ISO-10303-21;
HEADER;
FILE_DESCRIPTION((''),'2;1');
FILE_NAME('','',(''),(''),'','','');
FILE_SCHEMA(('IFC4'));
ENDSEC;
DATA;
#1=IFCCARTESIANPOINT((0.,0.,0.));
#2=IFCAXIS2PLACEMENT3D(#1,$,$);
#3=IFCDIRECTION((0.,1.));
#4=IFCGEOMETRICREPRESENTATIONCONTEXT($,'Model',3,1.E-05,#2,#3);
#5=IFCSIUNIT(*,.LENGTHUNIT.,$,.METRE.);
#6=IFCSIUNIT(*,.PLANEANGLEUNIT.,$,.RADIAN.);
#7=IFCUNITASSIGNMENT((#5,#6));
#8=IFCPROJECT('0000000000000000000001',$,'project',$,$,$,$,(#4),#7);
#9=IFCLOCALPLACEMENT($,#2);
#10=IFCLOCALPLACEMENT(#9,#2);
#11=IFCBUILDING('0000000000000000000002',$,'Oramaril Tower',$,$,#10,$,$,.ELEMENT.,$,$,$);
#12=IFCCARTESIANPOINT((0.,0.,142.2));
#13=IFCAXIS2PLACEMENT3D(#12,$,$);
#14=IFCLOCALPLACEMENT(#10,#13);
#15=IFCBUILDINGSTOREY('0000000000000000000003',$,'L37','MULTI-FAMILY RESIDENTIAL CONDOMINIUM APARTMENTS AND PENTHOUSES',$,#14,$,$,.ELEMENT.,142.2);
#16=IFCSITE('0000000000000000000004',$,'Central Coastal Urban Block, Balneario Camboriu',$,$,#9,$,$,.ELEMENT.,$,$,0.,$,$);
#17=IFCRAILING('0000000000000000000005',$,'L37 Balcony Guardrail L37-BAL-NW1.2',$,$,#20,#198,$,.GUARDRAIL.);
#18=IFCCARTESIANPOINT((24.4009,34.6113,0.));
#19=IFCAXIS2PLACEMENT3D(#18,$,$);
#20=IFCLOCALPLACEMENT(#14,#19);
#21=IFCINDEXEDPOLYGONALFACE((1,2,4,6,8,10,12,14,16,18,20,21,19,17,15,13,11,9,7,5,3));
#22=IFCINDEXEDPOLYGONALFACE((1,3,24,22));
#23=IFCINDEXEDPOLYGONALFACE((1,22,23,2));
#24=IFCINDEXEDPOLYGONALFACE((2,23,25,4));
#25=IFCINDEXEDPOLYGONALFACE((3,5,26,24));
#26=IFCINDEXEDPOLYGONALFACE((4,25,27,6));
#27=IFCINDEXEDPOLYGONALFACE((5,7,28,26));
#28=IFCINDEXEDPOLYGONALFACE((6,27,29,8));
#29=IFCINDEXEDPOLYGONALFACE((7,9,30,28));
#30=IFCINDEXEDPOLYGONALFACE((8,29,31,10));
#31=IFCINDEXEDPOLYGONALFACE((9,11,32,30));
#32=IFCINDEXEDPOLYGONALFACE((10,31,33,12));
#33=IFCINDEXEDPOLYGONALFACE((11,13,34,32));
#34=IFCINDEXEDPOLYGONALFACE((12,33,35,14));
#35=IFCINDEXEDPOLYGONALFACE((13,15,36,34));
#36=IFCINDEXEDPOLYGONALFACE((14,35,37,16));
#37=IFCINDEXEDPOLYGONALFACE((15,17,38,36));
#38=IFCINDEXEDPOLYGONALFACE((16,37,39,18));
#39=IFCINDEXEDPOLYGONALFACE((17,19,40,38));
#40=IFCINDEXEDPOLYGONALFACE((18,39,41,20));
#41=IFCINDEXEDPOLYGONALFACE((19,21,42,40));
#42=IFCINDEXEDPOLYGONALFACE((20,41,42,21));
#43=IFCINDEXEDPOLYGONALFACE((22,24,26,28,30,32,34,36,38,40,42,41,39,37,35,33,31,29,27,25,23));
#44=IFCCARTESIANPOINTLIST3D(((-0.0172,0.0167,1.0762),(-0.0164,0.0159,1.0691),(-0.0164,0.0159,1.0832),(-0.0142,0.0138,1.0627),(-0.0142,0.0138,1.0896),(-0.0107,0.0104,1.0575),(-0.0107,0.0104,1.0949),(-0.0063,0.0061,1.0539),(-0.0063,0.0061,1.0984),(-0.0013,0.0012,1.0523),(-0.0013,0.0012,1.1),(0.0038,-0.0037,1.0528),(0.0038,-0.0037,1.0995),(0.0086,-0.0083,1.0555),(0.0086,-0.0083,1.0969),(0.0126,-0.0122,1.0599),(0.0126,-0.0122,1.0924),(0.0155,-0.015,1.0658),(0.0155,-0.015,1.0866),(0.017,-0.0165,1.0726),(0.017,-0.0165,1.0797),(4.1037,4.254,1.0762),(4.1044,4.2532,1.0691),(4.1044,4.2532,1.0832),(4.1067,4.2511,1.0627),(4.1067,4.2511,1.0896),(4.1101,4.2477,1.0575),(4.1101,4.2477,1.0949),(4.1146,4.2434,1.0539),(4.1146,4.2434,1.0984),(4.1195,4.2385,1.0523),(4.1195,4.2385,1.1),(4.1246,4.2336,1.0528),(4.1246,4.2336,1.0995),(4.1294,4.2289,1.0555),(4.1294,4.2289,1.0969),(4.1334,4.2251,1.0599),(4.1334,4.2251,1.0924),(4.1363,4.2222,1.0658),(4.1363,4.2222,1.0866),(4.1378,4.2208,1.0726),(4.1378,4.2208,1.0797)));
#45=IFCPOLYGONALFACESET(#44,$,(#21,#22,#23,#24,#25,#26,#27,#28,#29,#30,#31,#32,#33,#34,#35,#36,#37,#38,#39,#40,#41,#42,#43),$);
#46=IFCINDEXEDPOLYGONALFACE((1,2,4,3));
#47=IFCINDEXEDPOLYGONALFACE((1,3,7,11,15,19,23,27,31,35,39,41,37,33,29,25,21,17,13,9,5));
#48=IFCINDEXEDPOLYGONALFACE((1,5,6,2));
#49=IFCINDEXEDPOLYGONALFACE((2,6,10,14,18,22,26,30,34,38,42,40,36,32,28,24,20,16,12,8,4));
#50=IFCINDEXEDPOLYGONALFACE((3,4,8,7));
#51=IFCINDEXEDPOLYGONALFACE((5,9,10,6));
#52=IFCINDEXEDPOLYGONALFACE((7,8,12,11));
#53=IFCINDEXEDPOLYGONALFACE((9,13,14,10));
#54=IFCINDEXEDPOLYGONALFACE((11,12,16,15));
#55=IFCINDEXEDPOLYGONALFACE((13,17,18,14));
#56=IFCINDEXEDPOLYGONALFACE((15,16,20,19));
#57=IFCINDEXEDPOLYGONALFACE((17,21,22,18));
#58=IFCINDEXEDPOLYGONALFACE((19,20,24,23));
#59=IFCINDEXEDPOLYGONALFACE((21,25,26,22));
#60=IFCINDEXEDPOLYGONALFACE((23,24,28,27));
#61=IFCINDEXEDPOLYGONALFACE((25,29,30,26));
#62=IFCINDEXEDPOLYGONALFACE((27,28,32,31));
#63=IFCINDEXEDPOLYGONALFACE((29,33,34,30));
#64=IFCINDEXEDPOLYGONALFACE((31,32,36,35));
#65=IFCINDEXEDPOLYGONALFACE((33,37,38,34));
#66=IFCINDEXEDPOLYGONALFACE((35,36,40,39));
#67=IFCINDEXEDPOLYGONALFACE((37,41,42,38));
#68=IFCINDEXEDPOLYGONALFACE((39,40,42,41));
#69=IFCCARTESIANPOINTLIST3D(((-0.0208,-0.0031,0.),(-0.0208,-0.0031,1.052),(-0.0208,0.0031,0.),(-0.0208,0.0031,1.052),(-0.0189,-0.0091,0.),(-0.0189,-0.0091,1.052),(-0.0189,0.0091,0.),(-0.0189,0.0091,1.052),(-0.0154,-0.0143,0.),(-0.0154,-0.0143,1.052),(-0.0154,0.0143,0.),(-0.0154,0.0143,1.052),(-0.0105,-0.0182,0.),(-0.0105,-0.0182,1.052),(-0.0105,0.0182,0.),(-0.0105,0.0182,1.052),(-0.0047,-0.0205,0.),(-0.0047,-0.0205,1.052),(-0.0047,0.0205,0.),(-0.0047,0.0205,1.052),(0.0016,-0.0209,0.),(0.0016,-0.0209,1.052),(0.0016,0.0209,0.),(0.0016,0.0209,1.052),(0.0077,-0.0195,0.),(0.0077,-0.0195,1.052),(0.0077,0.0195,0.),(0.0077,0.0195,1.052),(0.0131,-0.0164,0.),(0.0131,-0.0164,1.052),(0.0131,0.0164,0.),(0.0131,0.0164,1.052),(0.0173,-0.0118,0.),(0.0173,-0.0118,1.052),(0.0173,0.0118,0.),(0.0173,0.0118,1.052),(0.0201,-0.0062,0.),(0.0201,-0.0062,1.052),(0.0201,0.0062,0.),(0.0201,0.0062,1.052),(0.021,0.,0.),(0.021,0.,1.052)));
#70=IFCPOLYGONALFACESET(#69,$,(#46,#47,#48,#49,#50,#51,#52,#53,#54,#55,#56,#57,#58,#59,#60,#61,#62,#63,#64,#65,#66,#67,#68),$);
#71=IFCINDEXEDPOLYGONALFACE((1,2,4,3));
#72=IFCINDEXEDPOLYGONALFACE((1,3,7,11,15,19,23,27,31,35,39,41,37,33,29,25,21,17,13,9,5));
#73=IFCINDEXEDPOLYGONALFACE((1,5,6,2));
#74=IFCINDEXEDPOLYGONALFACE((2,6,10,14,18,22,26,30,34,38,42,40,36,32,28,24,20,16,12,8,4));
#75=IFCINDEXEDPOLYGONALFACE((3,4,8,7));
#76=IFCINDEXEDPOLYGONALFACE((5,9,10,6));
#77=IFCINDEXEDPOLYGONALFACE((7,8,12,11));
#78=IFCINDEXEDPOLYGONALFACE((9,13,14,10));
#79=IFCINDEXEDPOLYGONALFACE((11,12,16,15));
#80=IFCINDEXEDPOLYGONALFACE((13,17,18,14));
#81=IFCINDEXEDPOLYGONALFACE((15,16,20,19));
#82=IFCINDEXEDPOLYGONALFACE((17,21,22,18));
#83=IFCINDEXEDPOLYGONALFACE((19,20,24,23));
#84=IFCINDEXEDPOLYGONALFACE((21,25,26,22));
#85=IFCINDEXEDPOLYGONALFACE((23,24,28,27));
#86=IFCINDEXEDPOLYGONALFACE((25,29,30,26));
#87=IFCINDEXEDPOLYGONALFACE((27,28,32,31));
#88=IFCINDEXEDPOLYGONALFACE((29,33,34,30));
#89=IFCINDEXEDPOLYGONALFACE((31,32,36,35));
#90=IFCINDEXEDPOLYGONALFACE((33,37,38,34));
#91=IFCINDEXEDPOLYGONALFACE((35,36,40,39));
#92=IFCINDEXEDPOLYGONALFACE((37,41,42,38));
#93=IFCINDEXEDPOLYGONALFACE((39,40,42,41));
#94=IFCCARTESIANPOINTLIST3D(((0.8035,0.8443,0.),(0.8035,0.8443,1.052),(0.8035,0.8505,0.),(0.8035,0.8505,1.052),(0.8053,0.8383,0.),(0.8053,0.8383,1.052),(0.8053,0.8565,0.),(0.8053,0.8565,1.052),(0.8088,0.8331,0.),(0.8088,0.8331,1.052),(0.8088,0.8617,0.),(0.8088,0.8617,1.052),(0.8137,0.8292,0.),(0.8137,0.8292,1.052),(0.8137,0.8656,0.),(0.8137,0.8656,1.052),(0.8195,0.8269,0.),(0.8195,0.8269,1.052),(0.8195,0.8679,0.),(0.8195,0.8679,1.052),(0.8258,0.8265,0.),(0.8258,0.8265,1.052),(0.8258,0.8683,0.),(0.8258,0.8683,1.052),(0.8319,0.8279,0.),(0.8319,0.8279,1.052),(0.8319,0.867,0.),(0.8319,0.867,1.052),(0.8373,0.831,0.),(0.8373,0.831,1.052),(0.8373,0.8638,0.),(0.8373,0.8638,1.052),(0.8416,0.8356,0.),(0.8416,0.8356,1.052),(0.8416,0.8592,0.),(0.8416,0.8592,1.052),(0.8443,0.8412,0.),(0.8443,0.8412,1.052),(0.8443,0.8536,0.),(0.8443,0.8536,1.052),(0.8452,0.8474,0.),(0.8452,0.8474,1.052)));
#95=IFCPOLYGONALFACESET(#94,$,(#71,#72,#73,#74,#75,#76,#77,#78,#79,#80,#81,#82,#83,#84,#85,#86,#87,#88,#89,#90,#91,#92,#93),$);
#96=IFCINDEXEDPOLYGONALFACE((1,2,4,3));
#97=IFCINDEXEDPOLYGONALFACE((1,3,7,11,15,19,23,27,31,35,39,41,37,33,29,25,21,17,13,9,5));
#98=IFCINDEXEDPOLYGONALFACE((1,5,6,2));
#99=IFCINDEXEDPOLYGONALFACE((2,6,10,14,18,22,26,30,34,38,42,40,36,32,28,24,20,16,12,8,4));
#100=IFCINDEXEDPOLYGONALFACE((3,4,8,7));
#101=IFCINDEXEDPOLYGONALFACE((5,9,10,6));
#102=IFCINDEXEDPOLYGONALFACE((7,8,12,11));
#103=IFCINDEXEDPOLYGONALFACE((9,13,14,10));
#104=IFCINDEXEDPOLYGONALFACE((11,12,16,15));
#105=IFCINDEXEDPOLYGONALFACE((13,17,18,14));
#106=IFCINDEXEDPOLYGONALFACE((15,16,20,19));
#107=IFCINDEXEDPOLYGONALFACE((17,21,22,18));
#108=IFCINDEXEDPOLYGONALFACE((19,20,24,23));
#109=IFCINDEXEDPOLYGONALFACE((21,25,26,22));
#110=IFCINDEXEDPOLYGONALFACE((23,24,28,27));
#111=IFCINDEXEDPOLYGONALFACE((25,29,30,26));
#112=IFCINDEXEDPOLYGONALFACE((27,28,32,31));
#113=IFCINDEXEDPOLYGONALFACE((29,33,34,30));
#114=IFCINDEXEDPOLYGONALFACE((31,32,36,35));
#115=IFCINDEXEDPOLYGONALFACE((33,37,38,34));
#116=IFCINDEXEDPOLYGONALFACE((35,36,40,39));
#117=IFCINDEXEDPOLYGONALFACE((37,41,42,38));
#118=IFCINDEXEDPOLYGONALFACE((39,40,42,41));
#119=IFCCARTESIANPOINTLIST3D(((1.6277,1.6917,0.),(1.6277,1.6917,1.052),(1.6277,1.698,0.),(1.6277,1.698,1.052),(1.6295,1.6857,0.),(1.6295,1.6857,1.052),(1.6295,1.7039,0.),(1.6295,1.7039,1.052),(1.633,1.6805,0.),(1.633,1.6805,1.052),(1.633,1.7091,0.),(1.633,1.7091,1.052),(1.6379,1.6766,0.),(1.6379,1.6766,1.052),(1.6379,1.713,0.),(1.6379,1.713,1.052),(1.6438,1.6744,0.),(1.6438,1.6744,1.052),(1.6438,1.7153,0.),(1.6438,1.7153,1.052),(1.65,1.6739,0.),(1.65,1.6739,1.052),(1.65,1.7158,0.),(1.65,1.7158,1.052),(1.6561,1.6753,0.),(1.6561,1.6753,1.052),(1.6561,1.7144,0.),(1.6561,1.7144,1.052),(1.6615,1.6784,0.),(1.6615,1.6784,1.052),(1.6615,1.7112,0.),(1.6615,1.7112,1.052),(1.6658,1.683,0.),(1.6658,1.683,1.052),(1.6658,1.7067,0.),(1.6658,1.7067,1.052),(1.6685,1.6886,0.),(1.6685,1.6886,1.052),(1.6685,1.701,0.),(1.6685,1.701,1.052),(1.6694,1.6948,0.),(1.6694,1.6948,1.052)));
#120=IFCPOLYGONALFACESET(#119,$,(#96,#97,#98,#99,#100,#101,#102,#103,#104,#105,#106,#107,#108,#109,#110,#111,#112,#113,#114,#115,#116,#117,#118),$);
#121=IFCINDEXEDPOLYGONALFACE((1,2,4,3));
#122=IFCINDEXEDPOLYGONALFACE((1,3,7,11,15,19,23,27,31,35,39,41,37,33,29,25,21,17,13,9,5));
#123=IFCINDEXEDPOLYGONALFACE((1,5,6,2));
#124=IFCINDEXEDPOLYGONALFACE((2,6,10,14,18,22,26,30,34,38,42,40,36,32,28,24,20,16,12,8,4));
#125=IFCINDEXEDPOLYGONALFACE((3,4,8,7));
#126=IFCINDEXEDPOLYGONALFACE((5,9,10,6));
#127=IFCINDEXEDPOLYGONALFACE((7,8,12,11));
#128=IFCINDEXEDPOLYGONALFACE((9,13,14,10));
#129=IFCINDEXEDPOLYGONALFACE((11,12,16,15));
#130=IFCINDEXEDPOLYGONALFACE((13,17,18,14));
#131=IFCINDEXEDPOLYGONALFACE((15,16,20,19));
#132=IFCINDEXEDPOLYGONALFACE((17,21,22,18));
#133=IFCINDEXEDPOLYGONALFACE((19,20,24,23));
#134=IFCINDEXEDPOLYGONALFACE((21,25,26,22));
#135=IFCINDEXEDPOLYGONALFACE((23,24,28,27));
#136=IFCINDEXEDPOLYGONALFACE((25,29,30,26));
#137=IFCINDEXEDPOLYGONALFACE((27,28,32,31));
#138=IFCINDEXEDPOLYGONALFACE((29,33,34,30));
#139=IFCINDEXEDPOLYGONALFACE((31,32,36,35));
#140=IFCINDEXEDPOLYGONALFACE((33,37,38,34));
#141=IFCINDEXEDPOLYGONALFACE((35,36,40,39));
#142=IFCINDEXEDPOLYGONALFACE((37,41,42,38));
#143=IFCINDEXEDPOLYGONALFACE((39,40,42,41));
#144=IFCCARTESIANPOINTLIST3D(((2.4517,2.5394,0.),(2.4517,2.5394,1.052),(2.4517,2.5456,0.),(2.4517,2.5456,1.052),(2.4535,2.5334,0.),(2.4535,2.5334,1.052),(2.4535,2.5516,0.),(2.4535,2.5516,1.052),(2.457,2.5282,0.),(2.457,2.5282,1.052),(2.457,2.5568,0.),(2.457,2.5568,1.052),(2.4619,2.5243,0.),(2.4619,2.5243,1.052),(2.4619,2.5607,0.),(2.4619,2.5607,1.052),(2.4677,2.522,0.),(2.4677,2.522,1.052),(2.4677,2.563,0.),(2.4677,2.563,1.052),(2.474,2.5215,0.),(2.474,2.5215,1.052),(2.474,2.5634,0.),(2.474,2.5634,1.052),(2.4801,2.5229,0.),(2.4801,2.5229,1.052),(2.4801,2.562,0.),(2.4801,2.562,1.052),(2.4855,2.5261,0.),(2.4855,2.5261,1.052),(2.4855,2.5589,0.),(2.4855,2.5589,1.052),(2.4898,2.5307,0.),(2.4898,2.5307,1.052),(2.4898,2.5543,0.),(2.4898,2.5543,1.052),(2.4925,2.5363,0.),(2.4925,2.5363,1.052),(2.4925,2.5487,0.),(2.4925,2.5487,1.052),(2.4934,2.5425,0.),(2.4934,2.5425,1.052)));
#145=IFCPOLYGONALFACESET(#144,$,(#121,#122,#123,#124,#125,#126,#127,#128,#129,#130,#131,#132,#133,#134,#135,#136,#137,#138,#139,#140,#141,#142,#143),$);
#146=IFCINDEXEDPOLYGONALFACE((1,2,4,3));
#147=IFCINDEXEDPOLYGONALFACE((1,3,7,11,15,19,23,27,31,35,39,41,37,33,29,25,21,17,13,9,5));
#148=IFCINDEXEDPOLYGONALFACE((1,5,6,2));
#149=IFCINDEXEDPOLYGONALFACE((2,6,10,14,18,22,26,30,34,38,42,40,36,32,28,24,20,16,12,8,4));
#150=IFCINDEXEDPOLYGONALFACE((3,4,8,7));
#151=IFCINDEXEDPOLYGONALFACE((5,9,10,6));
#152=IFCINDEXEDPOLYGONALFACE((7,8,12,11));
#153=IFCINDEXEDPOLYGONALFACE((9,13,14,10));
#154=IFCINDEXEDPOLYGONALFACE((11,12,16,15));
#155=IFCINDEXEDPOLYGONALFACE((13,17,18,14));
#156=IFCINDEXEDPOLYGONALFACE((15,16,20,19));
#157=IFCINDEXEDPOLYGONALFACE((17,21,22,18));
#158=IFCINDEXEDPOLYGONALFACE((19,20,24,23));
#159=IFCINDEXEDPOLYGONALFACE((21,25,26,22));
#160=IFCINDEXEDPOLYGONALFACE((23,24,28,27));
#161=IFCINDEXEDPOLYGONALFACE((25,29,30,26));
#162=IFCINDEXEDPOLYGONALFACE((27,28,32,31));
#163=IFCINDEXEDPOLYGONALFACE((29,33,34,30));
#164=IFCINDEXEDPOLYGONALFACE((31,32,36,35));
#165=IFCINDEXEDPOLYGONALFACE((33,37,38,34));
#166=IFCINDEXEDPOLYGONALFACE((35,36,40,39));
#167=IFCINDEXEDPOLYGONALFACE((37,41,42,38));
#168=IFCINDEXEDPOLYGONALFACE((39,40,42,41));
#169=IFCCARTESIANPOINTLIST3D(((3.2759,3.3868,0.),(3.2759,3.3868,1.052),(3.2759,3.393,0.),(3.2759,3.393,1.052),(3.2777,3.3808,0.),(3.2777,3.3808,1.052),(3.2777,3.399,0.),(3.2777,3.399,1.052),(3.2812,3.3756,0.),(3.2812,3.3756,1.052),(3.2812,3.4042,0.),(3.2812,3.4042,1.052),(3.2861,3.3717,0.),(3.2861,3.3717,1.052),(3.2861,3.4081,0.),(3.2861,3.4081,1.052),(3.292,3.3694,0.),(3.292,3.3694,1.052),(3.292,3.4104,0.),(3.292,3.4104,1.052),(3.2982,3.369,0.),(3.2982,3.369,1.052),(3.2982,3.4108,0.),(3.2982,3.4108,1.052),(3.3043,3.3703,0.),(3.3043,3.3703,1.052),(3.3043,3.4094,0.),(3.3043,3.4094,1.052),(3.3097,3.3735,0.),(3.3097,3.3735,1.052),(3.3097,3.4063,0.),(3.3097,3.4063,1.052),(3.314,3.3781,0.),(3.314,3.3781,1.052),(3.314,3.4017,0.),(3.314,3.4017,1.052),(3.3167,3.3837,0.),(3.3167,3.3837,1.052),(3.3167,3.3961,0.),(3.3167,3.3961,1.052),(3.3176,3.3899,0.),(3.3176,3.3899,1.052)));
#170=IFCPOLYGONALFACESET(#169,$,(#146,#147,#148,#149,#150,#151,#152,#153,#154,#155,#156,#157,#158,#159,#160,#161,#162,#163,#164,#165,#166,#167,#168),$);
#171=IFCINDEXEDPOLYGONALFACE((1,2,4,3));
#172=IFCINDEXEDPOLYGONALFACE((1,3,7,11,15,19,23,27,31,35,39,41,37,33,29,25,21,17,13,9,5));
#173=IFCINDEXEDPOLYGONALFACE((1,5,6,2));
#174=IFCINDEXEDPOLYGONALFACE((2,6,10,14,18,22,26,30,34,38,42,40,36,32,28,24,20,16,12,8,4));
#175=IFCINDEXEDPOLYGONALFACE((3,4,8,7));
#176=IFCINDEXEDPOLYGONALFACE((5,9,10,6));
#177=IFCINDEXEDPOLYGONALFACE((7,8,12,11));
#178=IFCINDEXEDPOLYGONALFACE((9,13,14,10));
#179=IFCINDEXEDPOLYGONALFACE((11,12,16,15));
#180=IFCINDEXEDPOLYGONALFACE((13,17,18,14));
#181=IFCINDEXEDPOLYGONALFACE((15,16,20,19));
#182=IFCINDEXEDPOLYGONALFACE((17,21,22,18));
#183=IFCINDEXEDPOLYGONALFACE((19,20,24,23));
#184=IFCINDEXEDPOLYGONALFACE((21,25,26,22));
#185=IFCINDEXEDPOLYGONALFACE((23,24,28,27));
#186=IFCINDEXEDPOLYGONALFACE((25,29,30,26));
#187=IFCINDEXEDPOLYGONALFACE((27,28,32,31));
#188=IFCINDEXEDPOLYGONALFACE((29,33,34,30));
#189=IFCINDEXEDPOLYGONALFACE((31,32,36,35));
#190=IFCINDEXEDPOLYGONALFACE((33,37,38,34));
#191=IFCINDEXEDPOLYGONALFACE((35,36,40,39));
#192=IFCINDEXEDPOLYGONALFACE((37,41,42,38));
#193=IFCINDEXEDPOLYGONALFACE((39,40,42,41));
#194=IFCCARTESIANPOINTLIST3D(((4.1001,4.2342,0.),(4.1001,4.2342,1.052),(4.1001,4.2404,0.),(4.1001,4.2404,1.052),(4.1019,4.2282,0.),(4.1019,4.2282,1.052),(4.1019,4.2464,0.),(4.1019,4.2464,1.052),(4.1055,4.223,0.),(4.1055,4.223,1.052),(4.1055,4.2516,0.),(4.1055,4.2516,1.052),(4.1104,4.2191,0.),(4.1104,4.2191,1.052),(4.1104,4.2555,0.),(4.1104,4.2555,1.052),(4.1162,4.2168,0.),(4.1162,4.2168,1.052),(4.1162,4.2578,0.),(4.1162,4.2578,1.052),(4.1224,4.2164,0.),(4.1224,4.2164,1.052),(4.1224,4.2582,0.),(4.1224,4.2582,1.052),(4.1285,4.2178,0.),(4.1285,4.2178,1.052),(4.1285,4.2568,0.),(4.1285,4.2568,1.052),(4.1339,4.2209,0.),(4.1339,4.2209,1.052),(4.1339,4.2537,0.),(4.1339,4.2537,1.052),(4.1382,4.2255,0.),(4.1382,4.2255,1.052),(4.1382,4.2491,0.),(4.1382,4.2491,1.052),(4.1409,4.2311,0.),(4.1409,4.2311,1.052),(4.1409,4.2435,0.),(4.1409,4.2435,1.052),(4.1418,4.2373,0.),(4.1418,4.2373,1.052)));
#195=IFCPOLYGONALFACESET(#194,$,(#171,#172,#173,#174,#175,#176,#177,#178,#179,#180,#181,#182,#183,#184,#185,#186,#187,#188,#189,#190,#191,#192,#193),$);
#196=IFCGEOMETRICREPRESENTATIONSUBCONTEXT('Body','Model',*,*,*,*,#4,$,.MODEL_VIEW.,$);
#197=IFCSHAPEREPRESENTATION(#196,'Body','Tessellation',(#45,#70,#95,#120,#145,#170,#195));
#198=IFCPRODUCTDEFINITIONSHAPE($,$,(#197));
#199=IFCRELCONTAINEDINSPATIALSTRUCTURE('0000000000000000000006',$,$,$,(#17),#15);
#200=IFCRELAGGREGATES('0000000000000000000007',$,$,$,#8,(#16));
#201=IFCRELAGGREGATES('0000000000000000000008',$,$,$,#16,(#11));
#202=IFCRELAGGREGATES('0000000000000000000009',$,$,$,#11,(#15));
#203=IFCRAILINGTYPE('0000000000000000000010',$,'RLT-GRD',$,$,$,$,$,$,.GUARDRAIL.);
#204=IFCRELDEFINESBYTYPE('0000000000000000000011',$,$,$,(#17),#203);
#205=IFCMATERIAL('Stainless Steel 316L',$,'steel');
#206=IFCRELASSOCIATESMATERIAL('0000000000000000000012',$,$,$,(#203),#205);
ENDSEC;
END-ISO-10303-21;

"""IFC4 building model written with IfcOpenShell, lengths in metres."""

from ifc_helpers import new_model, si_unit, direction, frame, origin, origin_2d, place, context, subcontext, project, spatial, circle, extrude, material, type_object, element, save


model = new_model("IFC4")

# Units and contexts
model_context = context("Model", 3, precision=1e-05, world=origin(), true_north=direction((0.0, 1.0)))
body_context = subcontext(model_context, "Body", "Model", "MODEL_VIEW")
ifc_project = project(units=[si_unit("LENGTHUNIT", "METRE"), si_unit("PLANEANGLEUNIT", "RADIAN")], contexts=[model_context])

# Site, building, storey
site_placement = place(None, origin())
site = spatial("IfcSite", under=ifc_project, at=site_placement, Name="Central Coastal Urban Block, Balneario Camboriu", CompositionType="ELEMENT", RefElevation=0.0)
building_placement = place(site_placement, origin())
building = spatial("IfcBuilding", under=site, at=building_placement, Name="Oramaril Tower", CompositionType="ELEMENT")
storey_placement = place(building_placement, frame((0.0, 0.0, 142.2)))
storey = spatial("IfcBuildingStorey", under=building, at=storey_placement, Name="L37", Description="MULTI-FAMILY RESIDENTIAL CONDOMINIUM APARTMENTS AND PENTHOUSES", CompositionType="ELEMENT", Elevation=142.2)

# Railing
ifc_material_1 = material(Name="Stainless Steel 316L", Category="steel")
railing_type = type_object("IfcRailingType", Name="RLT-GRD", PredefinedType="GUARDRAIL", material=ifc_material_1)
railing_1_placement = place(storey_placement, frame((24.4009, 34.6113, 0.0)))
element("IfcRailing", 1, at=railing_1_placement, inside=storey, type_object=railing_type, Name="L37 Balcony Guardrail L37-BAL-NW1.2", PredefinedType="GUARDRAIL", context=body_context, shape_type="SweptSolid", body=[
    extrude(circle(Radius=0.0239, at=origin_2d()), frame((0.0, 0.0, 1.0762), z_axis=(0.697187, 0.716889, 0.0), x_axis=(-0.716889, 0.697187, 0.0)), (0.0, 0.0, 1.0), 5.9106),
    extrude(circle(Radius=0.021, at=origin_2d()), origin(), (0.0, 0.0, 1.0), 1.052),
    extrude(circle(Radius=0.021, at=origin_2d()), frame((0.8242, 0.8474, 0.0)), (0.0, 0.0, 1.0), 1.052),
    extrude(circle(Radius=0.021, at=origin_2d()), frame((1.6484, 1.6948, 0.0)), (0.0, 0.0, 1.0), 1.052),
    extrude(circle(Radius=0.021, at=origin_2d()), frame((2.4724, 2.5425, 0.0)), (0.0, 0.0, 1.0), 1.052),
    extrude(circle(Radius=0.021, at=origin_2d()), frame((3.2966, 3.3899, 0.0)), (0.0, 0.0, 1.0), 1.052),
    extrude(circle(Radius=0.021, at=origin_2d()), frame((4.1208, 4.2373, 0.0)), (0.0, 0.0, 1.0), 1.052),
])

save(model, "model.ifc")
